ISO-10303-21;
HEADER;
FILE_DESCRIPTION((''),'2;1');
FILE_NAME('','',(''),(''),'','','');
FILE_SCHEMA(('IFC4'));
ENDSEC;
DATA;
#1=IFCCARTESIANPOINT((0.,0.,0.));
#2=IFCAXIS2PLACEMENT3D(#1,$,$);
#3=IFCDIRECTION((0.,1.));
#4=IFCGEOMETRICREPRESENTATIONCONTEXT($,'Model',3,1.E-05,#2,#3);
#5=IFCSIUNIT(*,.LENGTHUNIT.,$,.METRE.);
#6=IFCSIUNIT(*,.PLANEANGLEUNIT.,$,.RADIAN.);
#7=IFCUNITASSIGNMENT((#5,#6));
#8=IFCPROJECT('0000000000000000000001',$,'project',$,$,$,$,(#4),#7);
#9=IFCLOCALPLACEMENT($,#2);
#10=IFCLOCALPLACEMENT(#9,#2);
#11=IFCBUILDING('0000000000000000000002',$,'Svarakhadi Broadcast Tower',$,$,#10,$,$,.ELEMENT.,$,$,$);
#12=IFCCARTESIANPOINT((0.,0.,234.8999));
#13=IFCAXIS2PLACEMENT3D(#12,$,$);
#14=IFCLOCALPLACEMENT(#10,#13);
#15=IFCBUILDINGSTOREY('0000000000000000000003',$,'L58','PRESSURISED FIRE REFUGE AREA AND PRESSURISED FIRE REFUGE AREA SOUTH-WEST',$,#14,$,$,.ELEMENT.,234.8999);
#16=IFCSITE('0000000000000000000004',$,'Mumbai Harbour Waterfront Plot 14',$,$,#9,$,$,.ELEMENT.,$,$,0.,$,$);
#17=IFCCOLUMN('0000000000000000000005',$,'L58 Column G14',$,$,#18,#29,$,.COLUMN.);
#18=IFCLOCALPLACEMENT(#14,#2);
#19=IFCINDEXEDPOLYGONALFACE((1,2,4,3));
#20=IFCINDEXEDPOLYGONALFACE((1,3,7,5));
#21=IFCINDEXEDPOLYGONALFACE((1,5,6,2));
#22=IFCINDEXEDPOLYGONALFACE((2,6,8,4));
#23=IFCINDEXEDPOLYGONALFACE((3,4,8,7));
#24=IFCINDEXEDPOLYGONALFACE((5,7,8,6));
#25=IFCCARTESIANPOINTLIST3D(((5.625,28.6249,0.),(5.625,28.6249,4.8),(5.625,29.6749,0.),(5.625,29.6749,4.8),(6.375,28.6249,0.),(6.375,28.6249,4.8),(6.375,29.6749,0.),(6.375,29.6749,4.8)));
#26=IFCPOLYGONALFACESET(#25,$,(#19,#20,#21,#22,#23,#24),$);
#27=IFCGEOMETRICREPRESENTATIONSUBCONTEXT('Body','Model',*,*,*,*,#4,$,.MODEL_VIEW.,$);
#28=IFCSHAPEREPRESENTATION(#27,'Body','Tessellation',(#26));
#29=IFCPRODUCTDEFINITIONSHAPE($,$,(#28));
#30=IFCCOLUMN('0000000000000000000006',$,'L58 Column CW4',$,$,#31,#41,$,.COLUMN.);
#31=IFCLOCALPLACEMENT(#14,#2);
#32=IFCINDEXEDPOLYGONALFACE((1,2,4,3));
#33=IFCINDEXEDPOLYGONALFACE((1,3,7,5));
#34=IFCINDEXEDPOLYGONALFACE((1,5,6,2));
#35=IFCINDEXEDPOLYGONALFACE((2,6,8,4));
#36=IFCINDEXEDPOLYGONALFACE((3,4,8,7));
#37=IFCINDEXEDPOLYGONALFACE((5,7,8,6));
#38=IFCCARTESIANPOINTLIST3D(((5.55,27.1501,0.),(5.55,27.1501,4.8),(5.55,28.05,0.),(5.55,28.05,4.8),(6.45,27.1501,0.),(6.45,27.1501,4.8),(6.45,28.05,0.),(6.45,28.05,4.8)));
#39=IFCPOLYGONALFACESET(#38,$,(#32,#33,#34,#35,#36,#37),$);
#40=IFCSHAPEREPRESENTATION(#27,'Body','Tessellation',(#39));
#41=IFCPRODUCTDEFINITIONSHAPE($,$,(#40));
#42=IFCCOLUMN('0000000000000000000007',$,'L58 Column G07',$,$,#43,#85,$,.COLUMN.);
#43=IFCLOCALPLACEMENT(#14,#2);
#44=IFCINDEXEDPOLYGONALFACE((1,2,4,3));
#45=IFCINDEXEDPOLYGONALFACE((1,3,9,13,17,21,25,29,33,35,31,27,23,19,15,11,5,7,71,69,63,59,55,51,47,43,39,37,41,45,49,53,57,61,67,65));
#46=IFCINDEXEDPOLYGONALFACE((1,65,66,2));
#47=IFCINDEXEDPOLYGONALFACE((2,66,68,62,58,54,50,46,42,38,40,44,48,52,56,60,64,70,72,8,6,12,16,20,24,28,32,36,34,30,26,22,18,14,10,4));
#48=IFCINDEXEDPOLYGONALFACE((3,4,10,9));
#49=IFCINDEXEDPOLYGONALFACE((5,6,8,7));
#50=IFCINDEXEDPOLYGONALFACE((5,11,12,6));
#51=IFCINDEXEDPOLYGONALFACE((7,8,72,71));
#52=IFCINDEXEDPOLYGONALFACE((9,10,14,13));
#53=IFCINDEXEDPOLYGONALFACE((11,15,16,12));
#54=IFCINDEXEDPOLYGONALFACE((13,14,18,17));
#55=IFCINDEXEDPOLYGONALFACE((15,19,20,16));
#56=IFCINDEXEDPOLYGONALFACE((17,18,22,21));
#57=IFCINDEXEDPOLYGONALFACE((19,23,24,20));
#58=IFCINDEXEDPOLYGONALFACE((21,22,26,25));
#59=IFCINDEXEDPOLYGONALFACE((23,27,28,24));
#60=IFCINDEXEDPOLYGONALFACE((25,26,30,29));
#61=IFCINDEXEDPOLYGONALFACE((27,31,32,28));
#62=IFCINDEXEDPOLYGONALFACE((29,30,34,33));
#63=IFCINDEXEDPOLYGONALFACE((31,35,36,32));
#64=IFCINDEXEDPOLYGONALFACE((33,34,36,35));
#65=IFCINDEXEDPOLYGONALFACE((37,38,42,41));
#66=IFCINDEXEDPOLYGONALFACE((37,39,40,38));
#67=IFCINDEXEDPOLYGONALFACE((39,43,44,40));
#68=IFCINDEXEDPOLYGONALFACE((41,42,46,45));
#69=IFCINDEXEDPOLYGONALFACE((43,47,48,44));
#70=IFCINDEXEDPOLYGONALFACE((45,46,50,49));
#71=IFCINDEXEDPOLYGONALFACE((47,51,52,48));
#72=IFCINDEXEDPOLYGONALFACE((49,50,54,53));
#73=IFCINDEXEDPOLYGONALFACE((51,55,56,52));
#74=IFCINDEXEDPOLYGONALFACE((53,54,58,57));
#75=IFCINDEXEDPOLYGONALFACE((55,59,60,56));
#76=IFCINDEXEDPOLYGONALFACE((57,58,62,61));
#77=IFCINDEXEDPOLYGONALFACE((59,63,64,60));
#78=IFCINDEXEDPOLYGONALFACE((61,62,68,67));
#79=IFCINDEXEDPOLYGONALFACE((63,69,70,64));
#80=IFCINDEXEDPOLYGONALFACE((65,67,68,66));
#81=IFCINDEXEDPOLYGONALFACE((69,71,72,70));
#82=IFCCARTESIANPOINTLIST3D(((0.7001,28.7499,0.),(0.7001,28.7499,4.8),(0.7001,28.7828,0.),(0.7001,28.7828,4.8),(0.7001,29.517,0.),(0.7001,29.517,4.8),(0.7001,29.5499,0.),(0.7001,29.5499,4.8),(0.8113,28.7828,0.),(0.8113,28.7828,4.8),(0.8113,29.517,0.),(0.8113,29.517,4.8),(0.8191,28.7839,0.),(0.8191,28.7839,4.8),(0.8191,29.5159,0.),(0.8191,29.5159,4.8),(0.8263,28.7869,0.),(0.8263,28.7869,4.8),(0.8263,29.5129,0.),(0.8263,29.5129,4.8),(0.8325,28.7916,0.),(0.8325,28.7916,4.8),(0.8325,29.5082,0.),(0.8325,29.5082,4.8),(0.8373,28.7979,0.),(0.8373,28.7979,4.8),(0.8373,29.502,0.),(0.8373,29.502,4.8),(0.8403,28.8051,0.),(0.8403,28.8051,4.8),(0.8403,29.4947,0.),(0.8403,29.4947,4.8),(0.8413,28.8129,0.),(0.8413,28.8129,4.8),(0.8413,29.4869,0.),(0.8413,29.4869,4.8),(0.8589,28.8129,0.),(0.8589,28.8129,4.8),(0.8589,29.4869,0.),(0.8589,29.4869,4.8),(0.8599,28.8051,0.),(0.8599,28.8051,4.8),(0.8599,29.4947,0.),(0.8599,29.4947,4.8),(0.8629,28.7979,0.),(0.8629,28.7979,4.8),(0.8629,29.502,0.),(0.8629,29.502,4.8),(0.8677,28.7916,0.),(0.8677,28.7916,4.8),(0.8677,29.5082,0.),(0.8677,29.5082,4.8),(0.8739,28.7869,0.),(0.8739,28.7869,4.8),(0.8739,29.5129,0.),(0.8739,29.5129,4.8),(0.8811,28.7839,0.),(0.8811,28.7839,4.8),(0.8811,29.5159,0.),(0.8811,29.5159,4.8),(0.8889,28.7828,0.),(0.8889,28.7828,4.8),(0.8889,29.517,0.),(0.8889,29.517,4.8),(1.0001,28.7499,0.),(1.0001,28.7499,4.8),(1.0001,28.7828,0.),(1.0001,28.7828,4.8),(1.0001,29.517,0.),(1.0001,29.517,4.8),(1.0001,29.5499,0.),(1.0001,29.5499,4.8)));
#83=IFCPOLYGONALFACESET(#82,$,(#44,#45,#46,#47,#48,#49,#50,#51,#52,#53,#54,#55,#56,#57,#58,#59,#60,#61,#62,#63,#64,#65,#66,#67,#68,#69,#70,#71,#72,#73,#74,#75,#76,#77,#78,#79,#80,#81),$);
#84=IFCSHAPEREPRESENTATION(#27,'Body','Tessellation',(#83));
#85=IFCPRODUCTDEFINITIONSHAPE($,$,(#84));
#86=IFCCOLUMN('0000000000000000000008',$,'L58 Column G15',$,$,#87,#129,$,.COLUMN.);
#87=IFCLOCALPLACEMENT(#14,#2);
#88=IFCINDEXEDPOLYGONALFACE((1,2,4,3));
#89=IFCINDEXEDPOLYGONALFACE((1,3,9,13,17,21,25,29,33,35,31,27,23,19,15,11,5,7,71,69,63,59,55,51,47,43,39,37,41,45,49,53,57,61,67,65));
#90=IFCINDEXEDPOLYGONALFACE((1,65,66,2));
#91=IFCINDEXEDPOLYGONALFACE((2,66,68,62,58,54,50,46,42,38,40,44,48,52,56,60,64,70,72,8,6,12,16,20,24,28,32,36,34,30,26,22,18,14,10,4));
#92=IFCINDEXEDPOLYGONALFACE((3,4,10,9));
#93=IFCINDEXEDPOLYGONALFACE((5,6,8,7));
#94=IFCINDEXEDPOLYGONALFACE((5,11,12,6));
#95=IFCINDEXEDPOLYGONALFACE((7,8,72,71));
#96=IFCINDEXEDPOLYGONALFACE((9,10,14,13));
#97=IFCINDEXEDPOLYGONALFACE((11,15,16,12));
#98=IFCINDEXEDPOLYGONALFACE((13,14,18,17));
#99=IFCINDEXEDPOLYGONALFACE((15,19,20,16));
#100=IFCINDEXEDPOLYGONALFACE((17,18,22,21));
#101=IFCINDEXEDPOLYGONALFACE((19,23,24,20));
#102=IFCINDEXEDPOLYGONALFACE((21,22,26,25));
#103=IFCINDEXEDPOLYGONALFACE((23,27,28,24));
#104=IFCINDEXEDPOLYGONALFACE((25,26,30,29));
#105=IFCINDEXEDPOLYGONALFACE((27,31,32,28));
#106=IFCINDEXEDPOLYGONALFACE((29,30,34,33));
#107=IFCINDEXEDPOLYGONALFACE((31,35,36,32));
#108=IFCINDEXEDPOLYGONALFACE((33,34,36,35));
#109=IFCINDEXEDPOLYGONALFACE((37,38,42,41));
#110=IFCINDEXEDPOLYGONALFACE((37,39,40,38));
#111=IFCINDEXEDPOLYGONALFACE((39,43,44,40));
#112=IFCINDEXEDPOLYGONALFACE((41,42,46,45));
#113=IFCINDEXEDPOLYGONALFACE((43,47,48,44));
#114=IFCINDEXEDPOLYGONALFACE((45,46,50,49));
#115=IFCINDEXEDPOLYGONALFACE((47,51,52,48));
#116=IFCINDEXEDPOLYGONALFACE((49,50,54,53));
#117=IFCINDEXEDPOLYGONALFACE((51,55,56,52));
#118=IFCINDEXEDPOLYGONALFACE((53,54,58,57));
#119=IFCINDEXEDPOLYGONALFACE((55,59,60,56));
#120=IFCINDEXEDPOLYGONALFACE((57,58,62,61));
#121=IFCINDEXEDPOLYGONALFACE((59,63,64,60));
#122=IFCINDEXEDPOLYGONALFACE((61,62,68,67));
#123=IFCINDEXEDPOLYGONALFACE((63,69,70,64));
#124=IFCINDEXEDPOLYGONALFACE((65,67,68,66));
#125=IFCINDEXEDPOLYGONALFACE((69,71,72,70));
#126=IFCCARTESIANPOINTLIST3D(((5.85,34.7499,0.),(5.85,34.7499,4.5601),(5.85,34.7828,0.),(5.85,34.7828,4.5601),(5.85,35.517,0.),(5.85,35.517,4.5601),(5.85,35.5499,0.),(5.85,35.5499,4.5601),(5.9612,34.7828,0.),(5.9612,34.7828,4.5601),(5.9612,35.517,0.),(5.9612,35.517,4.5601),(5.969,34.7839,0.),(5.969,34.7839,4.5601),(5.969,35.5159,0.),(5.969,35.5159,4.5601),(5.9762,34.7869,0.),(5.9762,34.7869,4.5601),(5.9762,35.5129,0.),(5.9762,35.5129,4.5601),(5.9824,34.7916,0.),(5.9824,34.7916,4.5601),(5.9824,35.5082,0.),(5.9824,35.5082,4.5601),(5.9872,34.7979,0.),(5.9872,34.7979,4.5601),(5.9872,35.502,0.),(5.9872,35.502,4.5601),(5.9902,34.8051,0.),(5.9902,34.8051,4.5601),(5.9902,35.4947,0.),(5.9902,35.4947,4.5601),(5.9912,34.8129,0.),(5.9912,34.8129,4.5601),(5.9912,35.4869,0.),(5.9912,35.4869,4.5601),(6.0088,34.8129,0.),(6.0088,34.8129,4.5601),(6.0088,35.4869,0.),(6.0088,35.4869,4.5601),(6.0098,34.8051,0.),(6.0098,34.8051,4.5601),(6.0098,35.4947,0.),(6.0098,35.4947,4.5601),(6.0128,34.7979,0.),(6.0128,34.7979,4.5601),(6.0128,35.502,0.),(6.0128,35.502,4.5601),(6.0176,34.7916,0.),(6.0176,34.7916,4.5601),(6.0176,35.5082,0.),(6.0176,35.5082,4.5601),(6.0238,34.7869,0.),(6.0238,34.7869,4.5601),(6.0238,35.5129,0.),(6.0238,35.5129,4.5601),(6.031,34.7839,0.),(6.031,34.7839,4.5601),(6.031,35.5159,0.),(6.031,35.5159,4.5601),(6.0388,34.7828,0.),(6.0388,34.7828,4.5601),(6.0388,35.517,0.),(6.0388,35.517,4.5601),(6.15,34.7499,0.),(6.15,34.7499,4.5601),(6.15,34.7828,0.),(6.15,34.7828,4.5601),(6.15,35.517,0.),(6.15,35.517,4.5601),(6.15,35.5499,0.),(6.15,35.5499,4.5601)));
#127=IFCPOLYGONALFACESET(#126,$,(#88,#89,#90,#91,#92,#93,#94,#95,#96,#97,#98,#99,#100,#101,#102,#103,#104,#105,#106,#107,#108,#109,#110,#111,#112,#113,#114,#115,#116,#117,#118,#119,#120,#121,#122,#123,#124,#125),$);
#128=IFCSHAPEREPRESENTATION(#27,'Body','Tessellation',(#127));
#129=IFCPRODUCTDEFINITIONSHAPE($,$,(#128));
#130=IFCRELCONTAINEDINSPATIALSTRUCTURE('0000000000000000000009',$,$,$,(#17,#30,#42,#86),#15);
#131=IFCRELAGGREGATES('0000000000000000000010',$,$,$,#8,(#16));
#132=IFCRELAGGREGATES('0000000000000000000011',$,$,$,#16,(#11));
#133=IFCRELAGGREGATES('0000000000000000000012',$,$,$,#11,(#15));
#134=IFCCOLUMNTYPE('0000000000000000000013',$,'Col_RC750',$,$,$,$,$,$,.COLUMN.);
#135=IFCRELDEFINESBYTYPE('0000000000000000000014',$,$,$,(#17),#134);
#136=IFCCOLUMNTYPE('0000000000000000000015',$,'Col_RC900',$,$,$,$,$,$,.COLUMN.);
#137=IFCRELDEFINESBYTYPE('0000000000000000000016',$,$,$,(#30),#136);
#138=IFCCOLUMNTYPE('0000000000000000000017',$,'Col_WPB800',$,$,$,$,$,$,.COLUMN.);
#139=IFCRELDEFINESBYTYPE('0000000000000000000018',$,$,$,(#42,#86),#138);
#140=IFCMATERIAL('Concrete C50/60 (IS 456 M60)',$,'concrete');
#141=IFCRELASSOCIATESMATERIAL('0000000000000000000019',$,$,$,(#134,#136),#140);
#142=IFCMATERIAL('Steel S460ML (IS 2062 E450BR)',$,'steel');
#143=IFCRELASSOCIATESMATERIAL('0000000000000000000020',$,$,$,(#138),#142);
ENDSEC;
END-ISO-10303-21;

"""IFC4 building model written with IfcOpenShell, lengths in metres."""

from ifc_helpers import new_model, si_unit, direction, frame, origin, origin_2d, place, context, subcontext, project, spatial, rectangle, i_section, extrude, material, material_profile, profile_set, type_object, element, save


model = new_model("IFC4")

# Units and contexts
model_context = context("Model", 3, precision=1e-05, world=origin(), true_north=direction((0.0, 1.0)))
body_context = subcontext(model_context, "Body", "Model", "MODEL_VIEW")
ifc_project = project(units=[si_unit("LENGTHUNIT", "METRE"), si_unit("PLANEANGLEUNIT", "RADIAN")], contexts=[model_context])

# Site, building, storey
site_placement = place(None, origin())
site = spatial("IfcSite", under=ifc_project, at=site_placement, Name="Mumbai Harbour Waterfront Plot 14", CompositionType="ELEMENT", RefElevation=0.0)
building_placement = place(site_placement, origin())
building = spatial("IfcBuilding", under=site, at=building_placement, Name="Svarakhadi Broadcast Tower", CompositionType="ELEMENT")
storey_placement = place(building_placement, frame((0.0, 0.0, 234.8999)))
storey = spatial("IfcBuildingStorey", under=building, at=storey_placement, Name="L58", Description="PRESSURISED FIRE REFUGE AREA AND PRESSURISED FIRE REFUGE AREA SOUTH-WEST", CompositionType="ELEMENT", Elevation=234.8999)

# Columns
ifc_material_1 = material(Name="Concrete C50/60 (IS 456 M60)", Category="concrete")
ifc_material_profile_1 = material_profile(ifc_material_1, rectangle(XDim=0.75, YDim=1.05, at=origin_2d()), Name="RC 750x1050")
ifc_profile_set_1 = profile_set([ifc_material_profile_1], Name="Concrete C50/60 (IS 456 M60)")
column_type_1 = type_object("IfcColumnType", Name="Col_RC750", PredefinedType="COLUMN", material=ifc_profile_set_1)
column_1_placement = place(storey_placement, frame((6.0, 29.1499, 0.0), z_axis=(0.0, 0.0, 1.0), x_axis=(1.0, 0.0, 0.0)))
element("IfcColumn", 1, at=column_1_placement, inside=storey, type_object=column_type_1, Name="L58 Column G14", PredefinedType="COLUMN", context=body_context, shape_type="SweptSolid", body=[
    extrude(rectangle(XDim=0.75, YDim=1.05, at=origin_2d()), origin(), (0.0, 0.0, 1.0), 4.8),
])
ifc_material_profile_2 = material_profile(ifc_material_1, rectangle(XDim=0.8999, YDim=0.8999, at=origin_2d()), Name="RC 900x900")
ifc_profile_set_2 = profile_set([ifc_material_profile_2], Name="Concrete C50/60 (IS 456 M60)")
column_type_2 = type_object("IfcColumnType", Name="Col_RC900", PredefinedType="COLUMN", material=ifc_profile_set_2)
column_2_placement = place(storey_placement, frame((6.0, 27.6001, 0.0), z_axis=(0.0, 0.0, 1.0), x_axis=(1.0, 0.0, 0.0)))
element("IfcColumn", 2, at=column_2_placement, inside=storey, type_object=column_type_2, Name="L58 Column CW4", PredefinedType="COLUMN", context=body_context, shape_type="SweptSolid", body=[
    extrude(rectangle(XDim=0.8999, YDim=0.8999, at=origin_2d()), origin(), (0.0, 0.0, 1.0), 4.8),
])
ifc_material_2 = material(Name="Steel S460ML (IS 2062 E450BR)", Category="steel")
ifc_material_profile_3 = material_profile(ifc_material_2, i_section(OverallWidth=0.3, OverallDepth=0.8, WebThickness=0.0176, FlangeThickness=0.033, FilletRadius=0.03, at=origin_2d()), Name="WPB 800x300x262")
ifc_profile_set_3 = profile_set([ifc_material_profile_3], Name="Steel S460ML (IS 2062 E450BR)")
column_type_3 = type_object("IfcColumnType", Name="Col_WPB800", PredefinedType="COLUMN", material=ifc_profile_set_3)
column_3_placement = place(storey_placement, frame((0.8501, 29.1499, 0.0), z_axis=(0.0, 0.0, 1.0), x_axis=(1.0, 0.0, 0.0)))
element("IfcColumn", 3, at=column_3_placement, inside=storey, type_object=column_type_3, Name="L58 Column G07", PredefinedType="COLUMN", context=body_context, shape_type="SweptSolid", body=[
    extrude(i_section(OverallWidth=0.3, OverallDepth=0.8, WebThickness=0.0176, FlangeThickness=0.033, FilletRadius=0.03, at=origin_2d()), origin(), (0.0, 0.0, 1.0), 4.8),
])
column_4_placement = place(storey_placement, frame((6.0, 35.1499, 0.0), z_axis=(0.0, 0.0, 1.0), x_axis=(1.0, 0.0, 0.0)))
element("IfcColumn", 4, at=column_4_placement, inside=storey, type_object=column_type_3, Name="L58 Column G15", PredefinedType="COLUMN", context=body_context, shape_type="SweptSolid", body=[
    extrude(i_section(OverallWidth=0.3, OverallDepth=0.8, WebThickness=0.0176, FlangeThickness=0.033, FilletRadius=0.03, at=origin_2d()), origin(), (0.0, 0.0, 1.0), 4.5601),
])

save(model, "model.ifc")
